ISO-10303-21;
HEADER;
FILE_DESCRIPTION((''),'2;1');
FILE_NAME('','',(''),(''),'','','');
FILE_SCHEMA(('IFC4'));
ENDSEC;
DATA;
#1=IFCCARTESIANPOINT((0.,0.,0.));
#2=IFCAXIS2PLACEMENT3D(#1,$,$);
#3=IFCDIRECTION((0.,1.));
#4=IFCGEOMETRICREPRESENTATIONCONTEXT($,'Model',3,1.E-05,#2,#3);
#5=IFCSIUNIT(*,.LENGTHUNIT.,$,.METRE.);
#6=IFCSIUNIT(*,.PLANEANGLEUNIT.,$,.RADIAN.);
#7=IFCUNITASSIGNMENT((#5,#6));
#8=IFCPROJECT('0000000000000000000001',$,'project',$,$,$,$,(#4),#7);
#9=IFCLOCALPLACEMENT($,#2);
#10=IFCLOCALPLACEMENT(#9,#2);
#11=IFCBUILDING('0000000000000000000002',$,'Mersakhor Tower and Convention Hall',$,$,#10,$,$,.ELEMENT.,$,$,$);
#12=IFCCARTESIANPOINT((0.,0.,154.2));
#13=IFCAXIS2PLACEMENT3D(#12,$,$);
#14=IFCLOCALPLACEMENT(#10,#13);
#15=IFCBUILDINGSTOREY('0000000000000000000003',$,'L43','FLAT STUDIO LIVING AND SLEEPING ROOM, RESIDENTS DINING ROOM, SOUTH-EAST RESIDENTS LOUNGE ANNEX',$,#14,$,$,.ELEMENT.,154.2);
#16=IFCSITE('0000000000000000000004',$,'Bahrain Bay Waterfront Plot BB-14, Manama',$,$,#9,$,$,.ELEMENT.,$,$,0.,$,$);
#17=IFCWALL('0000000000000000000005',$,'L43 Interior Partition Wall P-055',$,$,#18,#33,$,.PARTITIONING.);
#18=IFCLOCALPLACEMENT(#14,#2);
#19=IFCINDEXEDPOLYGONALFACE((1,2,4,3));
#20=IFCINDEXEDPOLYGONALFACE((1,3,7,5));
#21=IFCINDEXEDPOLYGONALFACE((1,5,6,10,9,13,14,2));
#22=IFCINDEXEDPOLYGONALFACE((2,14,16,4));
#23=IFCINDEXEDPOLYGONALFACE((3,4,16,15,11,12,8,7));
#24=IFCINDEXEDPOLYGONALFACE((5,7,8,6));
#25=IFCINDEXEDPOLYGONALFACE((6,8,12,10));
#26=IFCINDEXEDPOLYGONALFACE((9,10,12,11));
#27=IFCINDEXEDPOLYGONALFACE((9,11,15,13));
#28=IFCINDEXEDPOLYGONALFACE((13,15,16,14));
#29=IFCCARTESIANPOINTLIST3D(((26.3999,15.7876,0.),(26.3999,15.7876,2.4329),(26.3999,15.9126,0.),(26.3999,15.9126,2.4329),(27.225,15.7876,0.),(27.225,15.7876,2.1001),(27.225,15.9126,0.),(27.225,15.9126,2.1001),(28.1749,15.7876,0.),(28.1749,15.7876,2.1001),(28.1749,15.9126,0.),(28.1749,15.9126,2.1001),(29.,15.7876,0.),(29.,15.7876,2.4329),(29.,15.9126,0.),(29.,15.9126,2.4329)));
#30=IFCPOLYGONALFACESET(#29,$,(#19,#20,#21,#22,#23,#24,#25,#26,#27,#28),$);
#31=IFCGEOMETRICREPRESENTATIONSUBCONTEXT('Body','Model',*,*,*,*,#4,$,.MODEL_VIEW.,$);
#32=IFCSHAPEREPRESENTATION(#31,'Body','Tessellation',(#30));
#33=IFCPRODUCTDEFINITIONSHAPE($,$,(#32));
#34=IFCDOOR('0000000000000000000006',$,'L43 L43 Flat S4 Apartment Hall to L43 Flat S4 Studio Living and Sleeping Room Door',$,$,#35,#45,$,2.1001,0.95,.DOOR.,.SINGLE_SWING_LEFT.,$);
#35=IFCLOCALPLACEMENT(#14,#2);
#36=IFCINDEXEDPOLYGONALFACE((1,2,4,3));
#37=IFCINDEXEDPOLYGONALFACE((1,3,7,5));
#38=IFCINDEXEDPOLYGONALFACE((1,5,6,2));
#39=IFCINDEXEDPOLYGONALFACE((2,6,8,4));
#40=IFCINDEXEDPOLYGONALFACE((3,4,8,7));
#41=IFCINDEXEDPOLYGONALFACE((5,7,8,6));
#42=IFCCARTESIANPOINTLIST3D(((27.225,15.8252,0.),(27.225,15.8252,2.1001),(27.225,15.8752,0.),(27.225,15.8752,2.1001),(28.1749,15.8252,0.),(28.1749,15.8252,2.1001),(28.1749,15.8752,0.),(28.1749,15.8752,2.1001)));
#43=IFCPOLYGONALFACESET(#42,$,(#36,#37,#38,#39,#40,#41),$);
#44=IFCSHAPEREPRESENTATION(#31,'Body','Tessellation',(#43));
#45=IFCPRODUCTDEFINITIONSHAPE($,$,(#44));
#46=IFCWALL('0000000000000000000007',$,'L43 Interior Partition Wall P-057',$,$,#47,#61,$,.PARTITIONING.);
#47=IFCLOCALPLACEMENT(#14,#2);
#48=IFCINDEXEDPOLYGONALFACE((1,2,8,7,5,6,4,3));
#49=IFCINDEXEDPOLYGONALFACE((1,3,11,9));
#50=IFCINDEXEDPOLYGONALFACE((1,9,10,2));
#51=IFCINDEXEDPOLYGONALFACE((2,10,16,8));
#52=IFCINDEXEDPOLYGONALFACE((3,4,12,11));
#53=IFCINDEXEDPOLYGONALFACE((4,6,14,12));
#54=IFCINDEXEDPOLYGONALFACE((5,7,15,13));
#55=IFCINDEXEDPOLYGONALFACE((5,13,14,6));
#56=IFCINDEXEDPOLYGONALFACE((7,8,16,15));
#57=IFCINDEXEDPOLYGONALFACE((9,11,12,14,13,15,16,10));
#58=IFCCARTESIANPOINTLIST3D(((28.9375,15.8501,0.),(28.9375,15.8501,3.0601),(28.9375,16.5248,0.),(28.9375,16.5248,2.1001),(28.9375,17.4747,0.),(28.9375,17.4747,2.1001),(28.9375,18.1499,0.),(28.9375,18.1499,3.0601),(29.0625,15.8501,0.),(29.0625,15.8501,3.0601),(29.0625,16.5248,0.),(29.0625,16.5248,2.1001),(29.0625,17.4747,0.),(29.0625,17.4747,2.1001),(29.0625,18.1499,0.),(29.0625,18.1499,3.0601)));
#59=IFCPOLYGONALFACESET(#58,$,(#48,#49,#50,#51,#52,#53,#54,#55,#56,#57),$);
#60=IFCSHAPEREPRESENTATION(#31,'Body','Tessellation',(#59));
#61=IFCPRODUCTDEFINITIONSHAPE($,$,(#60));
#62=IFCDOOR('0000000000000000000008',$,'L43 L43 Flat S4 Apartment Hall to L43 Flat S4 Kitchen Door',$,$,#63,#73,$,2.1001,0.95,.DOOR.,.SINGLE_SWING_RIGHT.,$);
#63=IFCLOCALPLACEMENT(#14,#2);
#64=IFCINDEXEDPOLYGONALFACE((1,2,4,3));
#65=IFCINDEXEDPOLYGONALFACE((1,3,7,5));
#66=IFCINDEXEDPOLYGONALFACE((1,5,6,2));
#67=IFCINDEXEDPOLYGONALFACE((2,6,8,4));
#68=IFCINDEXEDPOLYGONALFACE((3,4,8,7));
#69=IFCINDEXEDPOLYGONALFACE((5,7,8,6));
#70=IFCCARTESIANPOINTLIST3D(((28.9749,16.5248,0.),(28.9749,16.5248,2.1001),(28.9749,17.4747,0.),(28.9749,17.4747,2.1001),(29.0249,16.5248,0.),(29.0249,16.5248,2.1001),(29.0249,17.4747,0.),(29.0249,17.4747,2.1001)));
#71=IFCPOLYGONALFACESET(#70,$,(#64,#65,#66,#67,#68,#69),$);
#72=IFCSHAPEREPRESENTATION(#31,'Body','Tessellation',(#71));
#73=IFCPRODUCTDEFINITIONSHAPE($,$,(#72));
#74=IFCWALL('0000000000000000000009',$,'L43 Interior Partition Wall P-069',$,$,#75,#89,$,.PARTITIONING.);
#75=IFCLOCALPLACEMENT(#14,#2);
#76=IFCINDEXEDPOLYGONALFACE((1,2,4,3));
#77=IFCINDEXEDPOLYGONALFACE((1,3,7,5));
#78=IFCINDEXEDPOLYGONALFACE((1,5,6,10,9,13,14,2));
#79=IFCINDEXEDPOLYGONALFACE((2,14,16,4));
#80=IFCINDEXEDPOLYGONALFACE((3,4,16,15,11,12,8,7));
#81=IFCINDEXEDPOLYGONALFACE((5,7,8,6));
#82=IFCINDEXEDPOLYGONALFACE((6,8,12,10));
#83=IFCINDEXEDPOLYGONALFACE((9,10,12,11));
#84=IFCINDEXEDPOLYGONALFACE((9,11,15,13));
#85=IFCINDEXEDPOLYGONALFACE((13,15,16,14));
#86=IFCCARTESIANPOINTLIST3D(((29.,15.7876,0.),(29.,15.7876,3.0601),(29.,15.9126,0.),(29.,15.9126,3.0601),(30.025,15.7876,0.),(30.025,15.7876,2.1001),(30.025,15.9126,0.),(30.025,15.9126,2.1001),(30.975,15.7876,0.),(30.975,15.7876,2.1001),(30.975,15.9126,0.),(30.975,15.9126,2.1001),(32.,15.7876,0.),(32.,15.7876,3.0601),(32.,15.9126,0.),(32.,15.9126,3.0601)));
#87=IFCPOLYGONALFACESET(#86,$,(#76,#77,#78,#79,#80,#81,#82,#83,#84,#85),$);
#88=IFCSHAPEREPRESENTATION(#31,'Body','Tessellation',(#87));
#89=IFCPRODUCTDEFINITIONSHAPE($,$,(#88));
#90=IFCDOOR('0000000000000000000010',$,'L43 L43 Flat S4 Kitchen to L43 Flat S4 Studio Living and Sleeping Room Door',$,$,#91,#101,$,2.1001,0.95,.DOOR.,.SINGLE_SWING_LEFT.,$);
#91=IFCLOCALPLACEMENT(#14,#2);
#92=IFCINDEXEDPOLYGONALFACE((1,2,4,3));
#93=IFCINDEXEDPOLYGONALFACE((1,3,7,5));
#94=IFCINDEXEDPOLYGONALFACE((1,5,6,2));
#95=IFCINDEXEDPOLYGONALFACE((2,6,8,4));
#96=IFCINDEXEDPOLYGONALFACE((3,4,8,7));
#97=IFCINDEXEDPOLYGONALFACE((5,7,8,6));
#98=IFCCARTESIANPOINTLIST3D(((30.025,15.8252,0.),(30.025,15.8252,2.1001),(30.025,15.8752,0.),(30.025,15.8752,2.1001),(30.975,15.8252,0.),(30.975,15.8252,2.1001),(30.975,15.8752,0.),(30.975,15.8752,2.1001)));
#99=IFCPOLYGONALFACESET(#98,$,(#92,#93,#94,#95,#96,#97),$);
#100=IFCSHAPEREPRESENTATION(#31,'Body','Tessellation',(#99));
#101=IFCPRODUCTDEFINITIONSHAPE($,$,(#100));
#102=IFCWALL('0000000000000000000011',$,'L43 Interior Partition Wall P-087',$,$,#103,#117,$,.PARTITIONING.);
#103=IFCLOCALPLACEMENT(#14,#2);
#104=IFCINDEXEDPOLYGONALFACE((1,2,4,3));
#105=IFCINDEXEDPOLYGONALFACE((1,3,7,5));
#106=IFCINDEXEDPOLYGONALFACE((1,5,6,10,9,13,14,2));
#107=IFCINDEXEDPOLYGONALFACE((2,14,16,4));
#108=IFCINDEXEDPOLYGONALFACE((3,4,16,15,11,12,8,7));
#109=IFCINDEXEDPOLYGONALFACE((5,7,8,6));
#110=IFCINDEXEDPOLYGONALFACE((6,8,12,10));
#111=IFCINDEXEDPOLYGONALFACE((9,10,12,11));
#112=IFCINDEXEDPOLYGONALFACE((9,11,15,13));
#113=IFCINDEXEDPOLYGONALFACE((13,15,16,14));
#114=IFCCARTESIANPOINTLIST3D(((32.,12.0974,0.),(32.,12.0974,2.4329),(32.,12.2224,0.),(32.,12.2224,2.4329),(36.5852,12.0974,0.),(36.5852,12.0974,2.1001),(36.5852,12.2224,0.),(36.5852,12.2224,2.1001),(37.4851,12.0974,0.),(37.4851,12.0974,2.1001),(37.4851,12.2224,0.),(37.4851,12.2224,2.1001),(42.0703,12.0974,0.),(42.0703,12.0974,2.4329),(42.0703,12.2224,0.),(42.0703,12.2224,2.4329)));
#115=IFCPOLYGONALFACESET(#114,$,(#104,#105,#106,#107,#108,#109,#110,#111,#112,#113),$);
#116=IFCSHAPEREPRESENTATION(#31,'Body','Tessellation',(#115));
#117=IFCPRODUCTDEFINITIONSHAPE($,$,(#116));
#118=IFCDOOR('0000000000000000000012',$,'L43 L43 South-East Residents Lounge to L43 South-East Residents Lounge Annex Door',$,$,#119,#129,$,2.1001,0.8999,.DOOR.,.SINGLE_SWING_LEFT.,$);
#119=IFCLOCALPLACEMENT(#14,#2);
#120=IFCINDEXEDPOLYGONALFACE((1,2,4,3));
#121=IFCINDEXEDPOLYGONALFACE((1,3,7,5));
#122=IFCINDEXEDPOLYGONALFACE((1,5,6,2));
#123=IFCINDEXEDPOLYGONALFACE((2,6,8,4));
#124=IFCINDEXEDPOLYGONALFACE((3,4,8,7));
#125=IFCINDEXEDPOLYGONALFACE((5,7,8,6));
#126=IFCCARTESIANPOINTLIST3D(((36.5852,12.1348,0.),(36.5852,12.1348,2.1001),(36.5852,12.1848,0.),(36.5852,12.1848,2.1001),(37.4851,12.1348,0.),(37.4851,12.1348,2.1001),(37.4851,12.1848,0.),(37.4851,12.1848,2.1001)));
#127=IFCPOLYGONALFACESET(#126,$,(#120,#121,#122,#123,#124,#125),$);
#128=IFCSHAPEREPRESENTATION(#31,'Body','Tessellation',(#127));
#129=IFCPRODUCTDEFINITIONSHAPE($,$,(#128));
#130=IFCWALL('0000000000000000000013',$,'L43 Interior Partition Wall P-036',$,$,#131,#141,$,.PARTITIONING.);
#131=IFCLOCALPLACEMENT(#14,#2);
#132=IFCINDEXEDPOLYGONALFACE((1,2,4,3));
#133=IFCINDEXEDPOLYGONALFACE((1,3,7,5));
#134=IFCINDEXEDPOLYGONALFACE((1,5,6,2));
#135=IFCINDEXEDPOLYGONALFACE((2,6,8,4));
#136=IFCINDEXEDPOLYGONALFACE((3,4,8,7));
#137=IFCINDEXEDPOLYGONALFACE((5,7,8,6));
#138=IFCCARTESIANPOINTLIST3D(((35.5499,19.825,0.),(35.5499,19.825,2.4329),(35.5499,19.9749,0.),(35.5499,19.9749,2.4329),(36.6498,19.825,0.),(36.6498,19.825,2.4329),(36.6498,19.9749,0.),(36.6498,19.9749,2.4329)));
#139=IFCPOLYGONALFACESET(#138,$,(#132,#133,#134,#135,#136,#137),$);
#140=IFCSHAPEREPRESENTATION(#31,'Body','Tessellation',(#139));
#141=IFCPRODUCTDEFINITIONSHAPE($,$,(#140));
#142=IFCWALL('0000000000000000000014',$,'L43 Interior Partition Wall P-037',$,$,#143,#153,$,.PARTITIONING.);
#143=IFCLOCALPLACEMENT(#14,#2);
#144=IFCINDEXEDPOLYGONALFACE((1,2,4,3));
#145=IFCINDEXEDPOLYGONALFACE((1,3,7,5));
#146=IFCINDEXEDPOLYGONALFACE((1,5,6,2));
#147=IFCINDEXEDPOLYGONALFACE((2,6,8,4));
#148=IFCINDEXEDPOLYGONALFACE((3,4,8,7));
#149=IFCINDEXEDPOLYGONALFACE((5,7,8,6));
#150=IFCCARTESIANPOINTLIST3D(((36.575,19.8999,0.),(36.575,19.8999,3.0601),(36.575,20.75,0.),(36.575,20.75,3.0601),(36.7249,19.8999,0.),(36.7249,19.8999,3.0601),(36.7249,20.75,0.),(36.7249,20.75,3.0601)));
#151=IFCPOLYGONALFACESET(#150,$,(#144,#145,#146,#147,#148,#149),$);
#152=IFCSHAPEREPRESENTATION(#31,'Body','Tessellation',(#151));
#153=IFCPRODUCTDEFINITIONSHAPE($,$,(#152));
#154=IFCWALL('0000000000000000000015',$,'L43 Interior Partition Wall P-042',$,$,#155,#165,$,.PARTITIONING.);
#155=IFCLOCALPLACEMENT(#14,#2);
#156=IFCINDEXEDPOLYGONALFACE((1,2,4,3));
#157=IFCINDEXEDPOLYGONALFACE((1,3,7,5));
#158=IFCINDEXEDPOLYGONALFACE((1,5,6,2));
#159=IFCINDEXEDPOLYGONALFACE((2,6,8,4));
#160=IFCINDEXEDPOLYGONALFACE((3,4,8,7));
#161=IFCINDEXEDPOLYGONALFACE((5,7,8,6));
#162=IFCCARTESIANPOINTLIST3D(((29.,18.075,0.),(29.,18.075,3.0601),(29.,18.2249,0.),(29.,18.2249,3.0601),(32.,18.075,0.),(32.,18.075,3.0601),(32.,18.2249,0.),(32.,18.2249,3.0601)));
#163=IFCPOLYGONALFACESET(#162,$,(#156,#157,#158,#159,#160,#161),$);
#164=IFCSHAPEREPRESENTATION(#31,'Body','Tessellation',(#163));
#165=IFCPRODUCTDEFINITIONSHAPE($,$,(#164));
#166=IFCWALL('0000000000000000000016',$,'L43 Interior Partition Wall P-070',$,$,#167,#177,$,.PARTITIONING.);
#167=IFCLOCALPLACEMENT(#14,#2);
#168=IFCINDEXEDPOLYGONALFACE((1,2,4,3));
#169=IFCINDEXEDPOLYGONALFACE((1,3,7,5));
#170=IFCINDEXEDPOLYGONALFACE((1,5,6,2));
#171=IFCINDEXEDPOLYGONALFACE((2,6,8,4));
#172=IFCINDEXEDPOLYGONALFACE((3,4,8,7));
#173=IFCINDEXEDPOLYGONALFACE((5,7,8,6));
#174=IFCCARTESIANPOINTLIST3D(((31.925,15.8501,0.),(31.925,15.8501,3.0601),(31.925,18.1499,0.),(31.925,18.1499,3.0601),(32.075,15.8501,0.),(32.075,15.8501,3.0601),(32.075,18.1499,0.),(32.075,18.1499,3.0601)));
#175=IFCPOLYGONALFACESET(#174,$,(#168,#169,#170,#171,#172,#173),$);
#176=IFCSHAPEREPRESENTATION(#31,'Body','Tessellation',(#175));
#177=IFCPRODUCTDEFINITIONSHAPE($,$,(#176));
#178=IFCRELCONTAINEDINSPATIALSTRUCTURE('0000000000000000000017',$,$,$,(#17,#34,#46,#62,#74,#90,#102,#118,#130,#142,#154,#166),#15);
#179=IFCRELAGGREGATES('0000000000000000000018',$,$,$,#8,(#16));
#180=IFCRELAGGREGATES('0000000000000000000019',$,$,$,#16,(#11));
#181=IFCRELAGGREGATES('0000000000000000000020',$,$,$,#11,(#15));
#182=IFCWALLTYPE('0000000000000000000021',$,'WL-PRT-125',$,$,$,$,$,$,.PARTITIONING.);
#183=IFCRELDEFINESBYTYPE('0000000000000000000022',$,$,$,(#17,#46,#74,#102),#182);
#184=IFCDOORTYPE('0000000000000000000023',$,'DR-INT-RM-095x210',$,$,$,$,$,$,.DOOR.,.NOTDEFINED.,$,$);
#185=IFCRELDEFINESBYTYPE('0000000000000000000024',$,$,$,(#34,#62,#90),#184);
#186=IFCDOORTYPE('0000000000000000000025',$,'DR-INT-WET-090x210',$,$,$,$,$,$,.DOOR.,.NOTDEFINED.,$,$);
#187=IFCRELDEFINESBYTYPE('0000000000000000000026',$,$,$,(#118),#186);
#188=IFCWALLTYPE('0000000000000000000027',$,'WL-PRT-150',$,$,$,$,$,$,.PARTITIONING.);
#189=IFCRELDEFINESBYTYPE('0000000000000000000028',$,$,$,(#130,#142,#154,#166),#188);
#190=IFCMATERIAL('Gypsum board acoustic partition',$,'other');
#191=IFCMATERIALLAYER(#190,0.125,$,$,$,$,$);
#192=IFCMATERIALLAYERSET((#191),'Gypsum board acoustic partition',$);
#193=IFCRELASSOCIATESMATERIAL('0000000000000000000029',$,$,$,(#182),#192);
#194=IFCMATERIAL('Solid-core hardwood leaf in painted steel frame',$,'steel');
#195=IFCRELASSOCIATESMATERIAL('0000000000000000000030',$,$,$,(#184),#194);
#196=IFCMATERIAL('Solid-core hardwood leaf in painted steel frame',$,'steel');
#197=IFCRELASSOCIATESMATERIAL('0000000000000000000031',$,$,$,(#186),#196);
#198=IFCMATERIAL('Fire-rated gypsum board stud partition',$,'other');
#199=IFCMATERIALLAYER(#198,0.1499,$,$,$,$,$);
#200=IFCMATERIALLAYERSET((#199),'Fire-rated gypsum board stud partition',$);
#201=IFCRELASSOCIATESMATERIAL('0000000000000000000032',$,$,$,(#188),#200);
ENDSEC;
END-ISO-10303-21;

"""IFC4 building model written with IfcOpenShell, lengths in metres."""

from ifc_helpers import new_model, si_unit, direction, frame, frame_2d, origin, place, context, subcontext, project, spatial, rectangle, extrude, material, layer, layer_set, type_object, element, fill, save


model = new_model("IFC4")

# Units and contexts
model_context = context("Model", 3, precision=1e-05, world=origin(), true_north=direction((0.0, 1.0)))
body_context = subcontext(model_context, "Body", "Model", "MODEL_VIEW")
ifc_project = project(units=[si_unit("LENGTHUNIT", "METRE"), si_unit("PLANEANGLEUNIT", "RADIAN")], contexts=[model_context])

# Site, building, storey
site_placement = place(None, origin())
site = spatial("IfcSite", under=ifc_project, at=site_placement, Name="Bahrain Bay Waterfront Plot BB-14, Manama", CompositionType="ELEMENT", RefElevation=0.0)
building_placement = place(site_placement, origin())
building = spatial("IfcBuilding", under=site, at=building_placement, Name="Mersakhor Tower and Convention Hall", CompositionType="ELEMENT")
storey_placement = place(building_placement, frame((0.0, 0.0, 154.2)))
storey = spatial("IfcBuildingStorey", under=building, at=storey_placement, Name="L43", Description="FLAT STUDIO LIVING AND SLEEPING ROOM, RESIDENTS DINING ROOM, SOUTH-EAST RESIDENTS LOUNGE ANNEX", CompositionType="ELEMENT", Elevation=154.2)

# Walls, openings, doors
ifc_material_1 = material(Name="Gypsum board acoustic partition", Category="other")
ifc_layer_1 = layer(ifc_material_1, 0.125)
ifc_layer_set_1 = layer_set([ifc_layer_1], Name="Gypsum board acoustic partition")
wall_type_1 = type_object("IfcWallType", Name="WL-PRT-125", PredefinedType="PARTITIONING", material=ifc_layer_set_1)
wall_1_placement = place(storey_placement, frame((29.0, 15.8501, 0.0), z_axis=(0.0, 0.0, 1.0), x_axis=(-1.0, 0.0, 0.0)))
wall_1 = element("IfcWall", 1, at=wall_1_placement, inside=storey, type_object=wall_type_1, Name="L43 Interior Partition Wall P-055", PredefinedType="PARTITIONING", context=body_context, shape_type="SweptSolid", body=[
    extrude(rectangle(XDim=2.6001, YDim=0.125, at=frame_2d((1.3, 0.0))), origin(), (0.0, 0.0, 1.0), 2.4329),
])
opening_1_placement = place(wall_1_placement, frame((0.825, 0.0, 0.0)))
opening_1 = element("IfcOpeningElement", 2, at=opening_1_placement, cuts=wall_1, PredefinedType="OPENING", context=body_context, shape_type="SweptSolid", body=[
    extrude(rectangle(XDim=0.95, YDim=2.1001, at=frame_2d((0.4751, 1.05))), frame((0.0, 0.0725, 0.0), z_axis=(0.0, -1.0, 0.0), x_axis=(1.0, 0.0, 0.0)), (0.0, 0.0, 1.0), 0.145),
])
ifc_material_2 = material(Name="Solid-core hardwood leaf in painted steel frame", Category="steel")
door_type_1 = type_object("IfcDoorType", Name="DR-INT-RM-095x210", OperationType="NOTDEFINED", PredefinedType="DOOR", material=ifc_material_2)
door_1_placement = place(opening_1_placement, origin())
door_1 = element("IfcDoor", 3, at=door_1_placement, inside=storey, type_object=door_type_1, Name="L43 L43 Flat S4 Apartment Hall to L43 Flat S4 Studio Living and Sleeping Room Door", OperationType="SINGLE_SWING_LEFT", OverallHeight=2.1001, OverallWidth=0.95, PredefinedType="DOOR", context=body_context, shape_type="SweptSolid", body=[
    extrude(rectangle(XDim=0.95, YDim=2.1001, at=frame_2d((0.4751, 1.05))), frame((0.0, 0.0249, 0.0), z_axis=(0.0, -1.0, 0.0), x_axis=(1.0, 0.0, 0.0)), (0.0, 0.0, 1.0), 0.05),
])
fill(opening_1, door_1)
wall_2_placement = place(storey_placement, frame((29.0, 18.1499, 0.0), z_axis=(0.0, 0.0, 1.0), x_axis=(0.0, -1.0, 0.0)))
wall_2 = element("IfcWall", 4, at=wall_2_placement, inside=storey, type_object=wall_type_1, Name="L43 Interior Partition Wall P-057", PredefinedType="PARTITIONING", context=body_context, shape_type="SweptSolid", body=[
    extrude(rectangle(XDim=2.2998, YDim=0.125, at=frame_2d((1.1499, 0.0))), origin(), (0.0, 0.0, 1.0), 3.0601),
])
opening_2_placement = place(wall_2_placement, frame((0.675, 0.0, 0.0)))
opening_2 = element("IfcOpeningElement", 5, at=opening_2_placement, cuts=wall_2, PredefinedType="OPENING", context=body_context, shape_type="SweptSolid", body=[
    extrude(rectangle(XDim=0.95, YDim=2.1001, at=frame_2d((0.4751, 1.05))), frame((0.0, 0.0725, 0.0), z_axis=(0.0, -1.0, 0.0), x_axis=(1.0, 0.0, 0.0)), (0.0, 0.0, 1.0), 0.145),
])
door_2_placement = place(opening_2_placement, origin())
door_2 = element("IfcDoor", 6, at=door_2_placement, inside=storey, type_object=door_type_1, Name="L43 L43 Flat S4 Apartment Hall to L43 Flat S4 Kitchen Door", OperationType="SINGLE_SWING_RIGHT", OverallHeight=2.1001, OverallWidth=0.95, PredefinedType="DOOR", context=body_context, shape_type="SweptSolid", body=[
    extrude(rectangle(XDim=0.95, YDim=2.1001, at=frame_2d((0.4751, 1.05))), frame((0.0, 0.0249, 0.0), z_axis=(0.0, -1.0, 0.0), x_axis=(1.0, 0.0, 0.0)), (0.0, 0.0, 1.0), 0.05),
])
fill(opening_2, door_2)
wall_3_placement = place(storey_placement, frame((32.0, 15.8501, 0.0), z_axis=(0.0, 0.0, 1.0), x_axis=(-1.0, 0.0, 0.0)))
wall_3 = element("IfcWall", 7, at=wall_3_placement, inside=storey, type_object=wall_type_1, Name="L43 Interior Partition Wall P-069", PredefinedType="PARTITIONING", context=body_context, shape_type="SweptSolid", body=[
    extrude(rectangle(XDim=3.0, YDim=0.125, at=frame_2d((1.5, 0.0))), origin(), (0.0, 0.0, 1.0), 3.0601),
])
opening_3_placement = place(wall_3_placement, frame((1.0249, 0.0, 0.0)))
opening_3 = element("IfcOpeningElement", 8, at=opening_3_placement, cuts=wall_3, PredefinedType="OPENING", context=body_context, shape_type="SweptSolid", body=[
    extrude(rectangle(XDim=0.95, YDim=2.1001, at=frame_2d((0.4751, 1.05))), frame((0.0, 0.0725, 0.0), z_axis=(0.0, -1.0, 0.0), x_axis=(1.0, 0.0, 0.0)), (0.0, 0.0, 1.0), 0.145),
])
door_3_placement = place(opening_3_placement, origin())
door_3 = element("IfcDoor", 9, at=door_3_placement, inside=storey, type_object=door_type_1, Name="L43 L43 Flat S4 Kitchen to L43 Flat S4 Studio Living and Sleeping Room Door", OperationType="SINGLE_SWING_LEFT", OverallHeight=2.1001, OverallWidth=0.95, PredefinedType="DOOR", context=body_context, shape_type="SweptSolid", body=[
    extrude(rectangle(XDim=0.95, YDim=2.1001, at=frame_2d((0.4751, 1.05))), frame((0.0, 0.0249, 0.0), z_axis=(0.0, -1.0, 0.0), x_axis=(1.0, 0.0, 0.0)), (0.0, 0.0, 1.0), 0.05),
])
fill(opening_3, door_3)
wall_4_placement = place(storey_placement, frame((32.0, 12.1599, 0.0), z_axis=(0.0, 0.0, 1.0), x_axis=(1.0, 0.0, 0.0)))
wall_4 = element("IfcWall", 10, at=wall_4_placement, inside=storey, type_object=wall_type_1, Name="L43 Interior Partition Wall P-087", PredefinedType="PARTITIONING", context=body_context, shape_type="SweptSolid", body=[
    extrude(rectangle(XDim=10.0703, YDim=0.125, at=frame_2d((5.0352, 0.0))), origin(), (0.0, 0.0, 1.0), 2.4329),
])
opening_4_placement = place(wall_4_placement, frame((4.5852, 0.0, 0.0)))
opening_4 = element("IfcOpeningElement", 11, at=opening_4_placement, cuts=wall_4, PredefinedType="OPENING", context=body_context, shape_type="SweptSolid", body=[
    extrude(rectangle(XDim=0.8999, YDim=2.1001, at=frame_2d((0.45, 1.05))), frame((0.0, 0.0725, 0.0), z_axis=(0.0, -1.0, 0.0), x_axis=(1.0, 0.0, 0.0)), (0.0, 0.0, 1.0), 0.145),
])
ifc_material_3 = material(Name="Solid-core hardwood leaf in painted steel frame", Category="steel")
door_type_2 = type_object("IfcDoorType", Name="DR-INT-WET-090x210", OperationType="NOTDEFINED", PredefinedType="DOOR", material=ifc_material_3)
door_4_placement = place(opening_4_placement, origin())
door_4 = element("IfcDoor", 12, at=door_4_placement, inside=storey, type_object=door_type_2, Name="L43 L43 South-East Residents Lounge to L43 South-East Residents Lounge Annex Door", OperationType="SINGLE_SWING_LEFT", OverallHeight=2.1001, OverallWidth=0.8999, PredefinedType="DOOR", context=body_context, shape_type="SweptSolid", body=[
    extrude(rectangle(XDim=0.8999, YDim=2.1001, at=frame_2d((0.45, 1.05))), frame((0.0, 0.0249, 0.0), z_axis=(0.0, -1.0, 0.0), x_axis=(1.0, 0.0, 0.0)), (0.0, 0.0, 1.0), 0.05),
])
fill(opening_4, door_4)

# Walls
ifc_material_4 = material(Name="Fire-rated gypsum board stud partition", Category="other")
ifc_layer_2 = layer(ifc_material_4, 0.1499)
ifc_layer_set_2 = layer_set([ifc_layer_2], Name="Fire-rated gypsum board stud partition")
wall_type_2 = type_object("IfcWallType", Name="WL-PRT-150", PredefinedType="PARTITIONING", material=ifc_layer_set_2)
wall_5_placement = place(storey_placement, frame((35.55, 19.8999, 0.0), z_axis=(0.0, 0.0, 1.0), x_axis=(1.0, 0.0, 0.0)))
element("IfcWall", 13, at=wall_5_placement, inside=storey, type_object=wall_type_2, Name="L43 Interior Partition Wall P-036", PredefinedType="PARTITIONING", context=body_context, shape_type="SweptSolid", body=[
    extrude(rectangle(XDim=1.0999, YDim=0.1499, at=frame_2d((0.5498, 0.0))), origin(), (0.0, 0.0, 1.0), 2.4329),
])
wall_6_placement = place(storey_placement, frame((36.6499, 19.8999, 0.0), z_axis=(0.0, 0.0, 1.0), x_axis=(0.0, 1.0, 0.0)))
element("IfcWall", 14, at=wall_6_placement, inside=storey, type_object=wall_type_2, Name="L43 Interior Partition Wall P-037", PredefinedType="PARTITIONING", context=body_context, shape_type="SweptSolid", body=[
    extrude(rectangle(XDim=0.8501, YDim=0.1499, at=frame_2d((0.425, 0.0))), origin(), (0.0, 0.0, 1.0), 3.0601),
])
wall_7_placement = place(storey_placement, frame((32.0, 18.1499, 0.0), z_axis=(0.0, 0.0, 1.0), x_axis=(-1.0, 0.0, 0.0)))
element("IfcWall", 15, at=wall_7_placement, inside=storey, type_object=wall_type_2, Name="L43 Interior Partition Wall P-042", PredefinedType="PARTITIONING", context=body_context, shape_type="SweptSolid", body=[
    extrude(rectangle(XDim=3.0, YDim=0.1499, at=frame_2d((1.5, 0.0))), origin(), (0.0, 0.0, 1.0), 3.0601),
])

# Wall
wall_8_placement = place(storey_placement, frame((32.0, 18.1499, 0.0), z_axis=(0.0, 0.0, 1.0), x_axis=(0.0, -1.0, 0.0)))
element("IfcWall", 16, at=wall_8_placement, inside=storey, type_object=wall_type_2, Name="L43 Interior Partition Wall P-070", PredefinedType="PARTITIONING", context=body_context, shape_type="SweptSolid", body=[
    extrude(rectangle(XDim=2.2998, YDim=0.1499, at=frame_2d((1.1499, 0.0))), origin(), (0.0, 0.0, 1.0), 3.0601),
])

save(model, "model.ifc")
